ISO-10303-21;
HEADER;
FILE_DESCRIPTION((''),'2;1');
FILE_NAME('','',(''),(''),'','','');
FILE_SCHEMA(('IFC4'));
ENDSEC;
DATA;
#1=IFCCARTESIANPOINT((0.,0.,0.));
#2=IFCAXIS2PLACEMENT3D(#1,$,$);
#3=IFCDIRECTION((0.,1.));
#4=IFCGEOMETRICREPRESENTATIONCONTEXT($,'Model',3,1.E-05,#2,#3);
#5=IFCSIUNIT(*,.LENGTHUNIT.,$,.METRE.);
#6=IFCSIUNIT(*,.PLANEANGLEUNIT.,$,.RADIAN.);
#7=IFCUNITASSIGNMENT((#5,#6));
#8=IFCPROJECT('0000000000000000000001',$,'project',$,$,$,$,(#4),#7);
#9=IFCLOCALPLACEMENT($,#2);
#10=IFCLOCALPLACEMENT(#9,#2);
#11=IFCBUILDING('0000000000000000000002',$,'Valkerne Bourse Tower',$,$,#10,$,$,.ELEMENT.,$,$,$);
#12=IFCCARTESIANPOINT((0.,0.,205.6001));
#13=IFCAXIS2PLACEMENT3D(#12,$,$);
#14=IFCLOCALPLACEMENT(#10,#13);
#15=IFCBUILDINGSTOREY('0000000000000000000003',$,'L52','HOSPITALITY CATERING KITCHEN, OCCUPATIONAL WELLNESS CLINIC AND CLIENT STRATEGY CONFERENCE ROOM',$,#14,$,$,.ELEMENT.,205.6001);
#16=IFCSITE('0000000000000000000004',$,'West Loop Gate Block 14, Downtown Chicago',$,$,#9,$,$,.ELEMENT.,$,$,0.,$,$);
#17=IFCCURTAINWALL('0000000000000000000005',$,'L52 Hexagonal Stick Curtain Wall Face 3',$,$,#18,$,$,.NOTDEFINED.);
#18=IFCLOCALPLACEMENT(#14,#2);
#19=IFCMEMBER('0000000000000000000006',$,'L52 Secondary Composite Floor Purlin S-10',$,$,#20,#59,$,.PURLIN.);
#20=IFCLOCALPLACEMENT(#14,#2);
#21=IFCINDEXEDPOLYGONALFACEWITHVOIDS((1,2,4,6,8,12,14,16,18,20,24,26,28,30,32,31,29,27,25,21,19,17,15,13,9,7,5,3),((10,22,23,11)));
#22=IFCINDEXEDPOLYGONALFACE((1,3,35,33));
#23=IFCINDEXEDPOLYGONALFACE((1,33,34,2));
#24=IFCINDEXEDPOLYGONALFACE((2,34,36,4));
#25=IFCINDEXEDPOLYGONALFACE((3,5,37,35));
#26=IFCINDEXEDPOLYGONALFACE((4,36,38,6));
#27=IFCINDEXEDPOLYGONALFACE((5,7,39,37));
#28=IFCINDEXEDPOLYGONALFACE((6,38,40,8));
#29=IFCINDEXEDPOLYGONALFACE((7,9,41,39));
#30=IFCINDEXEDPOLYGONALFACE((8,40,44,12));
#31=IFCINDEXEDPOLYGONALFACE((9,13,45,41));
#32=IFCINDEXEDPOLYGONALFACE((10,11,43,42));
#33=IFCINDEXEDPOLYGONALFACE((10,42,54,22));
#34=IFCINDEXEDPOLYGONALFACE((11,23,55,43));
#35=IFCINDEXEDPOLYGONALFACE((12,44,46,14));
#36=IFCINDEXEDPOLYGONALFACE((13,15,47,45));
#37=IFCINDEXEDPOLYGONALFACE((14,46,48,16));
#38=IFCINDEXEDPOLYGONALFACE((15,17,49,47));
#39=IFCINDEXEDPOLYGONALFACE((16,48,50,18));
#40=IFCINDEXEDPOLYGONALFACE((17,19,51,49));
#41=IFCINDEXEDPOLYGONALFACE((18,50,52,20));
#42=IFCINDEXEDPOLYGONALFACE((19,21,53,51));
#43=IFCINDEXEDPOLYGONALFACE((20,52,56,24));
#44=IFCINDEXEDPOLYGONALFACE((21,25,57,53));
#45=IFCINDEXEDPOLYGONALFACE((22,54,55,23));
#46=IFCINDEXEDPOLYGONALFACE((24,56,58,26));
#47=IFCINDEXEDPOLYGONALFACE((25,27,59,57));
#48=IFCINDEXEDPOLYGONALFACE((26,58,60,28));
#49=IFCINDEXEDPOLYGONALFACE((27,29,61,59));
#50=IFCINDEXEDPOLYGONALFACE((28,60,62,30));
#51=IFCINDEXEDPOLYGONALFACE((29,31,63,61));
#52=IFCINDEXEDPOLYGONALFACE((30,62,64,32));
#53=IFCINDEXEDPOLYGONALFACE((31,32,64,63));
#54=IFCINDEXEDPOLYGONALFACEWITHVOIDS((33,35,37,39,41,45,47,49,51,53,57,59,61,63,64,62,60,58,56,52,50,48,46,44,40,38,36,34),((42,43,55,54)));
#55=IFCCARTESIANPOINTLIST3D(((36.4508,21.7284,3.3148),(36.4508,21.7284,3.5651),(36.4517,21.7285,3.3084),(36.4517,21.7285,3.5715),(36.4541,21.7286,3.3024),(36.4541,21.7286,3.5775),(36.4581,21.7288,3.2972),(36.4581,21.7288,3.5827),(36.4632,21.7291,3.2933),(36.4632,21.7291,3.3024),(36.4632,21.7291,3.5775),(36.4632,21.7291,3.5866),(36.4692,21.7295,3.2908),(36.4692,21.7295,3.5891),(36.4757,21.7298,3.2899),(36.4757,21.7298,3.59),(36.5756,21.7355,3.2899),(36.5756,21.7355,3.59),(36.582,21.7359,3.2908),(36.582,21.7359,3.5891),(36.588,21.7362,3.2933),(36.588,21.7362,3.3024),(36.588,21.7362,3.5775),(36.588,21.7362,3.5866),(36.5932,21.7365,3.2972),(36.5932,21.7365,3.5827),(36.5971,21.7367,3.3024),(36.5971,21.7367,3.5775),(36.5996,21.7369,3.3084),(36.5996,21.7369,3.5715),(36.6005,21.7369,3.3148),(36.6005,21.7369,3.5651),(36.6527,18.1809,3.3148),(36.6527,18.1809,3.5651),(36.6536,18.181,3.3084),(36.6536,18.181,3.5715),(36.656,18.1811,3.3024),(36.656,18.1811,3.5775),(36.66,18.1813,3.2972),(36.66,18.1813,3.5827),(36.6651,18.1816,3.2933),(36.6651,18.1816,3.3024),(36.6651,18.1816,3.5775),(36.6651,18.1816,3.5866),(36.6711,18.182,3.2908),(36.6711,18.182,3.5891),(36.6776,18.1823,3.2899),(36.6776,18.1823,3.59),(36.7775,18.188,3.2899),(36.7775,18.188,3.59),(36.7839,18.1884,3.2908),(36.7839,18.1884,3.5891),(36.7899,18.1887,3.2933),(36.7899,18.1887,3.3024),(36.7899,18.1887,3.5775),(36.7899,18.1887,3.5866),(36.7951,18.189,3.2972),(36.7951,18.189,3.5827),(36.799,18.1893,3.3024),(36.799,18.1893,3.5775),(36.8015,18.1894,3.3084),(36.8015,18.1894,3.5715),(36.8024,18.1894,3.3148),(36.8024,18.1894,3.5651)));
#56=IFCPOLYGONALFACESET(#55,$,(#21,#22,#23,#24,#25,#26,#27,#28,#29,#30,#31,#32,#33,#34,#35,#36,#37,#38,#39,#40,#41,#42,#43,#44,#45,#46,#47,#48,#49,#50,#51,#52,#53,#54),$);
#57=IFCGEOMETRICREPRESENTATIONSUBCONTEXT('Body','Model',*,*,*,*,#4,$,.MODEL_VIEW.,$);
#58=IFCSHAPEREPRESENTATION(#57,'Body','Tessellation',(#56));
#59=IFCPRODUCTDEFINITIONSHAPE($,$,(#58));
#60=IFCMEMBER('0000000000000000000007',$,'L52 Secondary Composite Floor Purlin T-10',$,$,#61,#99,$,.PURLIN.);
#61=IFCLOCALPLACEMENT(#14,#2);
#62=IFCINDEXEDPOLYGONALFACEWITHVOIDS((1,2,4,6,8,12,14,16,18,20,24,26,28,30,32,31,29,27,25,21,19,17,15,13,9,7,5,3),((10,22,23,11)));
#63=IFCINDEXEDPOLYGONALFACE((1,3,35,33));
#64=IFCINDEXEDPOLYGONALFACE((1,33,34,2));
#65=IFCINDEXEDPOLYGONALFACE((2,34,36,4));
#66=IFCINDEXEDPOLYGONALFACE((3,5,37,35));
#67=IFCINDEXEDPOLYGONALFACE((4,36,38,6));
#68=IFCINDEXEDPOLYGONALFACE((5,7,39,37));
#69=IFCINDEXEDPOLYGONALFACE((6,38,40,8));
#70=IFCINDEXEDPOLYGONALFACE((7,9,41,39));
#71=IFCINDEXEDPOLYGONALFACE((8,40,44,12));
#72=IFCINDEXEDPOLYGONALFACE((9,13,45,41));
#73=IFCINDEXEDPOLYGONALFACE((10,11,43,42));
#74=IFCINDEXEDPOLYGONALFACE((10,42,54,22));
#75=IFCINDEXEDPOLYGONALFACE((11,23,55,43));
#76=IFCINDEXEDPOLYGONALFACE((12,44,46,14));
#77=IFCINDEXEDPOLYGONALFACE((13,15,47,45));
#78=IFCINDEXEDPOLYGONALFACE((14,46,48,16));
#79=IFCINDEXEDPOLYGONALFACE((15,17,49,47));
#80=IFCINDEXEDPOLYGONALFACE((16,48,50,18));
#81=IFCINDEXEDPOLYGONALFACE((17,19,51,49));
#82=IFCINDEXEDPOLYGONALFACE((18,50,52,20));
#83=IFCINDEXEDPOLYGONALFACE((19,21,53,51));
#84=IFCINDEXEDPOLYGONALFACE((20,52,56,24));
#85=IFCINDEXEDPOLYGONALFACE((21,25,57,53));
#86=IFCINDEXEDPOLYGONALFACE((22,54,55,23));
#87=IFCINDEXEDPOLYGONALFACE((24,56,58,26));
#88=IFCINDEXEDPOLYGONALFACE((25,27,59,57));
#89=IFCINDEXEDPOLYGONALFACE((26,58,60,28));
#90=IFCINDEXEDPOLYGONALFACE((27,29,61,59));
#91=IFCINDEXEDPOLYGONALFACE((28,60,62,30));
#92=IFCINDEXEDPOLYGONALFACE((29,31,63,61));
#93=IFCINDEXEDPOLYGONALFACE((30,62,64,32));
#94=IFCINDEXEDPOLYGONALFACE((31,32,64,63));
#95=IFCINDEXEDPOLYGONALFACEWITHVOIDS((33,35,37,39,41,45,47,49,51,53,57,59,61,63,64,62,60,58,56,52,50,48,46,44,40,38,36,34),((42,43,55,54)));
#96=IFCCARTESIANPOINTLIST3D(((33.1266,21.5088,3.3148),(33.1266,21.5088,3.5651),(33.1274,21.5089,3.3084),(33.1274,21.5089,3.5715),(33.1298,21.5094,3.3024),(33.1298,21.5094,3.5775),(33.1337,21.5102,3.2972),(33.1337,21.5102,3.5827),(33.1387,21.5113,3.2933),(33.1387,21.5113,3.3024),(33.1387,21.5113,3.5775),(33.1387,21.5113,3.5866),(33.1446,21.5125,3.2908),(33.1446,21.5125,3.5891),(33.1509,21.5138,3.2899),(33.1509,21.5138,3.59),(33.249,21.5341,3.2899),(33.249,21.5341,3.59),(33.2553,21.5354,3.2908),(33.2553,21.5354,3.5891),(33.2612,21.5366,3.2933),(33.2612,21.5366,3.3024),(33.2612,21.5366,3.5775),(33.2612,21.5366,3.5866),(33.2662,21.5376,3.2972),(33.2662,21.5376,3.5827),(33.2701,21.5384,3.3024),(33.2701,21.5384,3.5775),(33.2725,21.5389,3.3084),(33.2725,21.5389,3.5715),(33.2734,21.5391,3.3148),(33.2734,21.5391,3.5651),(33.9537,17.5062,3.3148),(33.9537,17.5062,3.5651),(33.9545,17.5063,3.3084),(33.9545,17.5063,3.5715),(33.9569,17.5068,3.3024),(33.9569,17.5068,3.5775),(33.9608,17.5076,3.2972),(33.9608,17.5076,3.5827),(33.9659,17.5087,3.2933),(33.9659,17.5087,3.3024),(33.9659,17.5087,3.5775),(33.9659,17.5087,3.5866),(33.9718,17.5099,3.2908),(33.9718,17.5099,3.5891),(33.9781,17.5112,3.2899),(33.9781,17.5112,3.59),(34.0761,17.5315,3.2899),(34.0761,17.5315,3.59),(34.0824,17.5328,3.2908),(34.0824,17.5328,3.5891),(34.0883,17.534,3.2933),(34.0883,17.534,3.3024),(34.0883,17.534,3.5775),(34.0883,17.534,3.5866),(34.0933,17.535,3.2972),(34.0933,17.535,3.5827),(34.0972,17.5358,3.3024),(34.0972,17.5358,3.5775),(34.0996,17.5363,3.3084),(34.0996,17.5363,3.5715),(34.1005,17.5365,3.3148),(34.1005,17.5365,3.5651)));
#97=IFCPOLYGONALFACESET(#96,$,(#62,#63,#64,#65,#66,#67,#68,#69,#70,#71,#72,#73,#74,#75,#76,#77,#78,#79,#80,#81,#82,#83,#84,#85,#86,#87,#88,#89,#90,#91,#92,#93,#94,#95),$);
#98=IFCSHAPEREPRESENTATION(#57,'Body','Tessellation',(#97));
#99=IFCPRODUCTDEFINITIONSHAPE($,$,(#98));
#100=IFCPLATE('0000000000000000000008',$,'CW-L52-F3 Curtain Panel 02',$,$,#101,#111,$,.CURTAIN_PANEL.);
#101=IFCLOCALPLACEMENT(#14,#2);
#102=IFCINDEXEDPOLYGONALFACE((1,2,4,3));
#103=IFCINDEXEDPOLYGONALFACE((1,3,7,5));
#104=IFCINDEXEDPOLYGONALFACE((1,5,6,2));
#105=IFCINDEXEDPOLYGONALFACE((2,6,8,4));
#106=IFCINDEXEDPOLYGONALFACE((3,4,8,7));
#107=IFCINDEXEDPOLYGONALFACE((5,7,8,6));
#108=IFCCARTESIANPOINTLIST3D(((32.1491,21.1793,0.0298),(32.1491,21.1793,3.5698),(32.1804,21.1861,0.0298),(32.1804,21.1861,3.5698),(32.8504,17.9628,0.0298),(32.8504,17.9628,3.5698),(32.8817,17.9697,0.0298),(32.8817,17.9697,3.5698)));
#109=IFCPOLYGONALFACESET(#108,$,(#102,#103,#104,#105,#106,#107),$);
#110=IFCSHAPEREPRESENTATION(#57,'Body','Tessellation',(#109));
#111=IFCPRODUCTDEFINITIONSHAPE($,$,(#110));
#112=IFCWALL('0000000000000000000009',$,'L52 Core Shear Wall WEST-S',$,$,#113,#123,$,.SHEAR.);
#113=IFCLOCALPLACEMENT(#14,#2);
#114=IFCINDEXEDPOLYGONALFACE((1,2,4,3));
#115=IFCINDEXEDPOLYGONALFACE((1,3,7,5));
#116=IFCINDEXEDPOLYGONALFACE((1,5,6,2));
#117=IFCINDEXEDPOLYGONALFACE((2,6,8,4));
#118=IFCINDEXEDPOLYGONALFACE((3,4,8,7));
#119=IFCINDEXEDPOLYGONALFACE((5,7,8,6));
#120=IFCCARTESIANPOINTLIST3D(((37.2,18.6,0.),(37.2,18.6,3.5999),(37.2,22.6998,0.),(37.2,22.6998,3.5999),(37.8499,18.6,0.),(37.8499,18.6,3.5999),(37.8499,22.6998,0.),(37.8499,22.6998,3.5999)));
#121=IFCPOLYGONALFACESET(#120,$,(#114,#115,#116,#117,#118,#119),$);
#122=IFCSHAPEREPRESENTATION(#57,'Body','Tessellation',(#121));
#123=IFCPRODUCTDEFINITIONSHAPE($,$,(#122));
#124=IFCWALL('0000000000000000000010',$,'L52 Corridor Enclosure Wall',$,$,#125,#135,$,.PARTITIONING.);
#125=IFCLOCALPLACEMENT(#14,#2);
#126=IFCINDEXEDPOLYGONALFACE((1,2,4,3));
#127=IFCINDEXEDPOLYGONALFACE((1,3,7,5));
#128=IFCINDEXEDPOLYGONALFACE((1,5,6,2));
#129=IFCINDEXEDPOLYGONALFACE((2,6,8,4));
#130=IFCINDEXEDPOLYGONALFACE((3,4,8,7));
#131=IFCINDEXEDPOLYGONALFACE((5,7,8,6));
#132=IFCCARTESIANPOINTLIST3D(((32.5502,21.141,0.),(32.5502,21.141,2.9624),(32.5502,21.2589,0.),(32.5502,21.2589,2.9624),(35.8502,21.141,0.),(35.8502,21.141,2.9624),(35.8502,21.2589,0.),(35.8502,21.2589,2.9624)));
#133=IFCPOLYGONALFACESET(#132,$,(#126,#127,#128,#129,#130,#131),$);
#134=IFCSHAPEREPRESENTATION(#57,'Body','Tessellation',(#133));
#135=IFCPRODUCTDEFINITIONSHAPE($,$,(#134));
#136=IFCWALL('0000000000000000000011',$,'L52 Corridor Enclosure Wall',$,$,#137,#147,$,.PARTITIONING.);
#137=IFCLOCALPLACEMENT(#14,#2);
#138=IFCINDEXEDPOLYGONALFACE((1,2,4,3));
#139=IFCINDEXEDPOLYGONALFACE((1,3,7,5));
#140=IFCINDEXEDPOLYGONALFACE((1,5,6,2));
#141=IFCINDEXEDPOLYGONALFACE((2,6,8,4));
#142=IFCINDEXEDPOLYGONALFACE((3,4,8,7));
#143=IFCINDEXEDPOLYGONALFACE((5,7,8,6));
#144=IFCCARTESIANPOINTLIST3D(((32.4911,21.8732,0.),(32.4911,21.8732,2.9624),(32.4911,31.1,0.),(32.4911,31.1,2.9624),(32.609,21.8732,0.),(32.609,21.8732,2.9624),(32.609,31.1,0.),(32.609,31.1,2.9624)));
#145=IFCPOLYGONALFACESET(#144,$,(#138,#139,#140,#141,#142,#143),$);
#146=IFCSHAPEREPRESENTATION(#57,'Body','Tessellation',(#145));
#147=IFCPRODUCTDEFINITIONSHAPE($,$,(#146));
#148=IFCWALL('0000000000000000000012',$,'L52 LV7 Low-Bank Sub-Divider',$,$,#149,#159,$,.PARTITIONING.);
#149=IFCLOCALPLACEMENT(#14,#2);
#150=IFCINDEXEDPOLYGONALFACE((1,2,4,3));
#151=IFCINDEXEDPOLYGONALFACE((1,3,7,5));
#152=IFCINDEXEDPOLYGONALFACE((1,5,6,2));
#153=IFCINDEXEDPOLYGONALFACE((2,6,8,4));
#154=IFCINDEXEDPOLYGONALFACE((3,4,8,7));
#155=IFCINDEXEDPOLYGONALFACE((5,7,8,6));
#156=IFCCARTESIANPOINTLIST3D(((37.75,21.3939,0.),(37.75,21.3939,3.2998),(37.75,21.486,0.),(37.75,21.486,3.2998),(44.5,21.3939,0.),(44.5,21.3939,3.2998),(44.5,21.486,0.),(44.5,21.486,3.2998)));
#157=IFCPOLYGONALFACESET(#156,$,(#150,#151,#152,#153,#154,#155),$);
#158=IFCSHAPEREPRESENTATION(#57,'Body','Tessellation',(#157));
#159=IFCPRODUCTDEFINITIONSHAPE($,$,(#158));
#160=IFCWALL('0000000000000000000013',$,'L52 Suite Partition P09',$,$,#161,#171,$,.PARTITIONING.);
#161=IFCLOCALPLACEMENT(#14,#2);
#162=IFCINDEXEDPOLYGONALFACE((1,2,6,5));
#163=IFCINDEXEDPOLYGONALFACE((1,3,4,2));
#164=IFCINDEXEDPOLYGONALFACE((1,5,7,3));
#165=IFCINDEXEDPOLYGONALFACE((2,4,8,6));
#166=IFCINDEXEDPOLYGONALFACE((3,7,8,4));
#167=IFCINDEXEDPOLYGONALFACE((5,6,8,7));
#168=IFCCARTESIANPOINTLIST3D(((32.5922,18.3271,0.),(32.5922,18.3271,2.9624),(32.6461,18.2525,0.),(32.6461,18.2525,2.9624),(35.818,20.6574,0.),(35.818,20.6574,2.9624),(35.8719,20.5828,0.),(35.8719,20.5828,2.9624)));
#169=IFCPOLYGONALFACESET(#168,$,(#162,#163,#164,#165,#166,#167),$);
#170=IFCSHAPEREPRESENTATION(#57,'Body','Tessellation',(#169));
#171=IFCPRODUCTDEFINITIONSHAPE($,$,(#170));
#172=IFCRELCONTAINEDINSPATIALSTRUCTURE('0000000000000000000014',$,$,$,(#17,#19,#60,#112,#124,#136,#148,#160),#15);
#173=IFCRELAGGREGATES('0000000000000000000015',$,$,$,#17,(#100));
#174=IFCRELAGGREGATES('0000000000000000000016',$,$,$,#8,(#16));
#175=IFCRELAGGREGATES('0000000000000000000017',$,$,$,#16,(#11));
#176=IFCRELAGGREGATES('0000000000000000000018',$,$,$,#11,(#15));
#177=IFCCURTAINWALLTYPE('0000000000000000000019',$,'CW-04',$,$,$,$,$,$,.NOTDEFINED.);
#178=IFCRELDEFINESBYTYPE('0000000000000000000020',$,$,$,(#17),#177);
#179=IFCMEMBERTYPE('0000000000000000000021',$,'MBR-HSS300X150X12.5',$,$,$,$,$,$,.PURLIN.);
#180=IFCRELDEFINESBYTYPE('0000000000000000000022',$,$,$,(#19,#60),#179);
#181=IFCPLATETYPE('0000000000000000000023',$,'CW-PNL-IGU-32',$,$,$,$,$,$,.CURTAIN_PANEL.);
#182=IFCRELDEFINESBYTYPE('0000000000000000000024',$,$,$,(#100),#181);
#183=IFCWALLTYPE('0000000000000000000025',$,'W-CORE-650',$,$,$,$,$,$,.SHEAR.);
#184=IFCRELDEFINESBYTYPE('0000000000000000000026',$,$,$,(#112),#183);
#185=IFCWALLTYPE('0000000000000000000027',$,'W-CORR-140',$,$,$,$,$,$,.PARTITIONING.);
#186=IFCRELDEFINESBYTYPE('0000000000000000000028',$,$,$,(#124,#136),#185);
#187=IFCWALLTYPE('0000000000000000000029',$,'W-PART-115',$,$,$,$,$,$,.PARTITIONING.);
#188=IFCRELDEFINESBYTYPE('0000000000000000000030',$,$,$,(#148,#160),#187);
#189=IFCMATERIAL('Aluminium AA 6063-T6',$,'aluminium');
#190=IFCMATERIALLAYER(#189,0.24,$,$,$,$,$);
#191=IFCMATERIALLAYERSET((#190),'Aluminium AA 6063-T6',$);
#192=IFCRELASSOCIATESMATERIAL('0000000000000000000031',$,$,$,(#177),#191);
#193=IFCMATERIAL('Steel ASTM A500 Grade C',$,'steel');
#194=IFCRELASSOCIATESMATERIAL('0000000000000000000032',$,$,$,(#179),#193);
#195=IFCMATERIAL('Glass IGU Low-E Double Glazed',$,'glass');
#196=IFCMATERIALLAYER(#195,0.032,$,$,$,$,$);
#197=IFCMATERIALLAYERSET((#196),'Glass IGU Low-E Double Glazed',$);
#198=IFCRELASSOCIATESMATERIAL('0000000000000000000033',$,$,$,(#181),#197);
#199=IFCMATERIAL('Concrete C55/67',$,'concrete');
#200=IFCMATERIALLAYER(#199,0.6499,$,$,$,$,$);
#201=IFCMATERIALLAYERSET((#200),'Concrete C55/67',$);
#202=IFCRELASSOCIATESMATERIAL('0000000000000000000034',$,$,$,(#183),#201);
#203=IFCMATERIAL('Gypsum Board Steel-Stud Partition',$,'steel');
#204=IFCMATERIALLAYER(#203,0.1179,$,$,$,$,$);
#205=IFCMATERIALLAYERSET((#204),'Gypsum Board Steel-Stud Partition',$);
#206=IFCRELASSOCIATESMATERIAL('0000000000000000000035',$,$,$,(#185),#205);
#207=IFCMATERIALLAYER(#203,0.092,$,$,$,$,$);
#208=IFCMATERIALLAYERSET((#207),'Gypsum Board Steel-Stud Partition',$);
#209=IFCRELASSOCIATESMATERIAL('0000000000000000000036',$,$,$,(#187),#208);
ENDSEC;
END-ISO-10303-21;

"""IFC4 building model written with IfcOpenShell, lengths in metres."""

from ifc_helpers import new_model, si_unit, direction, frame, frame_2d, origin, origin_2d, place, context, subcontext, project, spatial, rectangle, hollow_rectangle, extrude, material, layer, layer_set, material_profile, profile_set, type_object, element, aggregate, save


model = new_model("IFC4")

# Units and contexts
model_context = context("Model", 3, precision=1e-05, world=origin(), true_north=direction((0.0, 1.0)))
body_context = subcontext(model_context, "Body", "Model", "MODEL_VIEW")
ifc_project = project(units=[si_unit("LENGTHUNIT", "METRE"), si_unit("PLANEANGLEUNIT", "RADIAN")], contexts=[model_context])

# Site, building, storey
site_placement = place(None, origin())
site = spatial("IfcSite", under=ifc_project, at=site_placement, Name="West Loop Gate Block 14, Downtown Chicago", CompositionType="ELEMENT", RefElevation=0.0)
building_placement = place(site_placement, origin())
building = spatial("IfcBuilding", under=site, at=building_placement, Name="Valkerne Bourse Tower", CompositionType="ELEMENT")
storey_placement = place(building_placement, frame((0.0, 0.0, 205.6001)))
storey = spatial("IfcBuildingStorey", under=building, at=storey_placement, Name="L52", Description="HOSPITALITY CATERING KITCHEN, OCCUPATIONAL WELLNESS CLINIC AND CLIENT STRATEGY CONFERENCE ROOM", CompositionType="ELEMENT", Elevation=205.6001)

# Curtain wall
ifc_material_1 = material(Name="Aluminium AA 6063-T6", Category="aluminium")
ifc_layer_1 = layer(ifc_material_1, 0.24)
ifc_layer_set_1 = layer_set([ifc_layer_1], Name="Aluminium AA 6063-T6")
curtain_wall_type = type_object("IfcCurtainWallType", Name="CW-04", PredefinedType="NOTDEFINED", material=ifc_layer_set_1)
curtain_wall_placement = place(storey_placement, origin())
curtain_wall = element("IfcCurtainWall", 1, at=curtain_wall_placement, inside=storey, type_object=curtain_wall_type, Name="L52 Hexagonal Stick Curtain Wall Face 3", PredefinedType="NOTDEFINED")

# Members
ifc_material_2 = material(Name="Steel ASTM A500 Grade C", Category="steel")
ifc_material_profile_1 = material_profile(ifc_material_2, hollow_rectangle(XDim=0.1499, YDim=0.3, WallThickness=0.0125, OuterFilletRadius=0.0249, at=origin_2d()), Name="HSS300X150X12.5")
ifc_profile_set_1 = profile_set([ifc_material_profile_1], Name="Steel ASTM A500 Grade C")
member_type_1 = type_object("IfcMemberType", Name="MBR-HSS300X150X12.5", PredefinedType="PURLIN", material=ifc_profile_set_1)
member_1_placement = place(storey_placement, frame((36.5256, 21.7327, 3.4399), z_axis=(0.056825, -0.998384, 0.0), x_axis=(0.998384, 0.056825, 0.0)))
element("IfcMember", 2, at=member_1_placement, inside=storey, type_object=member_type_1, Name="L52 Secondary Composite Floor Purlin S-10", PredefinedType="PURLIN", context=body_context, shape_type="SweptSolid", body=[
    extrude(hollow_rectangle(XDim=0.1499, YDim=0.3, WallThickness=0.0125, OuterFilletRadius=0.0249, at=origin_2d()), origin(), (0.0, 0.0, 1.0), 3.5532),
])
member_2_placement = place(storey_placement, frame((33.2, 21.5239, 3.4399), z_axis=(0.202373, -0.979309, 0.0), x_axis=(0.979309, 0.202373, 0.0)))
element("IfcMember", 3, at=member_2_placement, inside=storey, type_object=member_type_1, Name="L52 Secondary Composite Floor Purlin T-10", PredefinedType="PURLIN", context=body_context, shape_type="SweptSolid", body=[
    extrude(hollow_rectangle(XDim=0.1499, YDim=0.3, WallThickness=0.0125, OuterFilletRadius=0.0249, at=origin_2d()), origin(), (0.0, 0.0, 1.0), 4.0872),
])

# Plate
ifc_material_3 = material(Name="Glass IGU Low-E Double Glazed", Category="glass")
ifc_layer_2 = layer(ifc_material_3, 0.032)
ifc_layer_set_2 = layer_set([ifc_layer_2], Name="Glass IGU Low-E Double Glazed")
plate_type = type_object("IfcPlateType", Name="CW-PNL-IGU-32", PredefinedType="CURTAIN_PANEL", material=ifc_layer_set_2)
plate_placement = place(storey_placement, frame((32.5154, 19.5745, 0.0298), z_axis=(0.0, 0.0, 1.0), x_axis=(0.213035, -0.977045, 0.0)))
plate = element("IfcPlate", 4, at=plate_placement, type_object=plate_type, Name="CW-L52-F3 Curtain Panel 02", PredefinedType="CURTAIN_PANEL", context=body_context, shape_type="SweptSolid", body=[
    extrude(rectangle(XDim=3.292, YDim=0.032, at=origin_2d()), origin(), (0.0, 0.0, 1.0), 3.54),
])
aggregate(curtain_wall, [plate])

# Walls
ifc_material_4 = material(Name="Concrete C55/67", Category="concrete")
ifc_layer_3 = layer(ifc_material_4, 0.6499)
ifc_layer_set_3 = layer_set([ifc_layer_3], Name="Concrete C55/67")
wall_type_1 = type_object("IfcWallType", Name="W-CORE-650", PredefinedType="SHEAR", material=ifc_layer_set_3)
wall_1_placement = place(storey_placement, frame((37.5249, 18.6001, 0.0), z_axis=(0.0, 0.0, 1.0), x_axis=(0.0, 1.0, 0.0)))
element("IfcWall", 5, at=wall_1_placement, inside=storey, type_object=wall_type_1, Name="L52 Core Shear Wall WEST-S", PredefinedType="SHEAR", context=body_context, shape_type="SweptSolid", body=[
    extrude(rectangle(XDim=4.0999, YDim=0.6499, at=frame_2d((2.0498, 0.0))), origin(), (0.0, 0.0, 1.0), 3.5999),
])
ifc_material_5 = material(Name="Gypsum Board Steel-Stud Partition", Category="steel")
ifc_layer_4 = layer(ifc_material_5, 0.1179)
ifc_layer_set_4 = layer_set([ifc_layer_4], Name="Gypsum Board Steel-Stud Partition")
wall_type_2 = type_object("IfcWallType", Name="W-CORR-140", PredefinedType="PARTITIONING", material=ifc_layer_set_4)
wall_2_placement = place(storey_placement, frame((35.8501, 21.2, 0.0), z_axis=(0.0, 0.0, 1.0), x_axis=(-1.0, 0.0, 0.0)))
element("IfcWall", 6, at=wall_2_placement, inside=storey, type_object=wall_type_2, Name="L52 Corridor Enclosure Wall", PredefinedType="PARTITIONING", context=body_context, shape_type="SweptSolid", body=[
    extrude(rectangle(XDim=3.3, YDim=0.1179, at=frame_2d((1.6499, 0.0))), origin(), (0.0, 0.0, 1.0), 2.9624),
])
wall_3_placement = place(storey_placement, frame((32.55, 21.8733, 0.0), z_axis=(0.0, 0.0, 1.0), x_axis=(0.0, 1.0, 0.0)))
element("IfcWall", 7, at=wall_3_placement, inside=storey, type_object=wall_type_2, Name="L52 Corridor Enclosure Wall", PredefinedType="PARTITIONING", context=body_context, shape_type="SweptSolid", body=[
    extrude(rectangle(XDim=9.2268, YDim=0.1179, at=frame_2d((4.6133, 0.0))), origin(), (0.0, 0.0, 1.0), 2.9624),
])
ifc_layer_5 = layer(ifc_material_5, 0.092)
ifc_layer_set_5 = layer_set([ifc_layer_5], Name="Gypsum Board Steel-Stud Partition")
wall_type_3 = type_object("IfcWallType", Name="W-PART-115", PredefinedType="PARTITIONING", material=ifc_layer_set_5)
wall_4_placement = place(storey_placement, frame((37.75, 21.4399, 0.0), z_axis=(0.0, 0.0, 1.0), x_axis=(1.0, 0.0, 0.0)))
element("IfcWall", 8, at=wall_4_placement, inside=storey, type_object=wall_type_3, Name="L52 LV7 Low-Bank Sub-Divider", PredefinedType="PARTITIONING", context=body_context, shape_type="SweptSolid", body=[
    extrude(rectangle(XDim=6.75, YDim=0.092, at=frame_2d((3.375, 0.0))), origin(), (0.0, 0.0, 1.0), 3.2998),
])
wall_5_placement = place(storey_placement, frame((35.845, 20.6201, 0.0), z_axis=(0.0, 0.0, 1.0), x_axis=(-0.810613, -0.585582, 0.0)))
element("IfcWall", 9, at=wall_5_placement, inside=storey, type_object=wall_type_3, Name="L52 Suite Partition P09", PredefinedType="PARTITIONING", context=body_context, shape_type="SweptSolid", body=[
    extrude(rectangle(XDim=3.9795, YDim=0.092, at=frame_2d((1.9897, 0.0))), origin(), (0.0, 0.0, 1.0), 2.9624),
])

save(model, "model.ifc")
